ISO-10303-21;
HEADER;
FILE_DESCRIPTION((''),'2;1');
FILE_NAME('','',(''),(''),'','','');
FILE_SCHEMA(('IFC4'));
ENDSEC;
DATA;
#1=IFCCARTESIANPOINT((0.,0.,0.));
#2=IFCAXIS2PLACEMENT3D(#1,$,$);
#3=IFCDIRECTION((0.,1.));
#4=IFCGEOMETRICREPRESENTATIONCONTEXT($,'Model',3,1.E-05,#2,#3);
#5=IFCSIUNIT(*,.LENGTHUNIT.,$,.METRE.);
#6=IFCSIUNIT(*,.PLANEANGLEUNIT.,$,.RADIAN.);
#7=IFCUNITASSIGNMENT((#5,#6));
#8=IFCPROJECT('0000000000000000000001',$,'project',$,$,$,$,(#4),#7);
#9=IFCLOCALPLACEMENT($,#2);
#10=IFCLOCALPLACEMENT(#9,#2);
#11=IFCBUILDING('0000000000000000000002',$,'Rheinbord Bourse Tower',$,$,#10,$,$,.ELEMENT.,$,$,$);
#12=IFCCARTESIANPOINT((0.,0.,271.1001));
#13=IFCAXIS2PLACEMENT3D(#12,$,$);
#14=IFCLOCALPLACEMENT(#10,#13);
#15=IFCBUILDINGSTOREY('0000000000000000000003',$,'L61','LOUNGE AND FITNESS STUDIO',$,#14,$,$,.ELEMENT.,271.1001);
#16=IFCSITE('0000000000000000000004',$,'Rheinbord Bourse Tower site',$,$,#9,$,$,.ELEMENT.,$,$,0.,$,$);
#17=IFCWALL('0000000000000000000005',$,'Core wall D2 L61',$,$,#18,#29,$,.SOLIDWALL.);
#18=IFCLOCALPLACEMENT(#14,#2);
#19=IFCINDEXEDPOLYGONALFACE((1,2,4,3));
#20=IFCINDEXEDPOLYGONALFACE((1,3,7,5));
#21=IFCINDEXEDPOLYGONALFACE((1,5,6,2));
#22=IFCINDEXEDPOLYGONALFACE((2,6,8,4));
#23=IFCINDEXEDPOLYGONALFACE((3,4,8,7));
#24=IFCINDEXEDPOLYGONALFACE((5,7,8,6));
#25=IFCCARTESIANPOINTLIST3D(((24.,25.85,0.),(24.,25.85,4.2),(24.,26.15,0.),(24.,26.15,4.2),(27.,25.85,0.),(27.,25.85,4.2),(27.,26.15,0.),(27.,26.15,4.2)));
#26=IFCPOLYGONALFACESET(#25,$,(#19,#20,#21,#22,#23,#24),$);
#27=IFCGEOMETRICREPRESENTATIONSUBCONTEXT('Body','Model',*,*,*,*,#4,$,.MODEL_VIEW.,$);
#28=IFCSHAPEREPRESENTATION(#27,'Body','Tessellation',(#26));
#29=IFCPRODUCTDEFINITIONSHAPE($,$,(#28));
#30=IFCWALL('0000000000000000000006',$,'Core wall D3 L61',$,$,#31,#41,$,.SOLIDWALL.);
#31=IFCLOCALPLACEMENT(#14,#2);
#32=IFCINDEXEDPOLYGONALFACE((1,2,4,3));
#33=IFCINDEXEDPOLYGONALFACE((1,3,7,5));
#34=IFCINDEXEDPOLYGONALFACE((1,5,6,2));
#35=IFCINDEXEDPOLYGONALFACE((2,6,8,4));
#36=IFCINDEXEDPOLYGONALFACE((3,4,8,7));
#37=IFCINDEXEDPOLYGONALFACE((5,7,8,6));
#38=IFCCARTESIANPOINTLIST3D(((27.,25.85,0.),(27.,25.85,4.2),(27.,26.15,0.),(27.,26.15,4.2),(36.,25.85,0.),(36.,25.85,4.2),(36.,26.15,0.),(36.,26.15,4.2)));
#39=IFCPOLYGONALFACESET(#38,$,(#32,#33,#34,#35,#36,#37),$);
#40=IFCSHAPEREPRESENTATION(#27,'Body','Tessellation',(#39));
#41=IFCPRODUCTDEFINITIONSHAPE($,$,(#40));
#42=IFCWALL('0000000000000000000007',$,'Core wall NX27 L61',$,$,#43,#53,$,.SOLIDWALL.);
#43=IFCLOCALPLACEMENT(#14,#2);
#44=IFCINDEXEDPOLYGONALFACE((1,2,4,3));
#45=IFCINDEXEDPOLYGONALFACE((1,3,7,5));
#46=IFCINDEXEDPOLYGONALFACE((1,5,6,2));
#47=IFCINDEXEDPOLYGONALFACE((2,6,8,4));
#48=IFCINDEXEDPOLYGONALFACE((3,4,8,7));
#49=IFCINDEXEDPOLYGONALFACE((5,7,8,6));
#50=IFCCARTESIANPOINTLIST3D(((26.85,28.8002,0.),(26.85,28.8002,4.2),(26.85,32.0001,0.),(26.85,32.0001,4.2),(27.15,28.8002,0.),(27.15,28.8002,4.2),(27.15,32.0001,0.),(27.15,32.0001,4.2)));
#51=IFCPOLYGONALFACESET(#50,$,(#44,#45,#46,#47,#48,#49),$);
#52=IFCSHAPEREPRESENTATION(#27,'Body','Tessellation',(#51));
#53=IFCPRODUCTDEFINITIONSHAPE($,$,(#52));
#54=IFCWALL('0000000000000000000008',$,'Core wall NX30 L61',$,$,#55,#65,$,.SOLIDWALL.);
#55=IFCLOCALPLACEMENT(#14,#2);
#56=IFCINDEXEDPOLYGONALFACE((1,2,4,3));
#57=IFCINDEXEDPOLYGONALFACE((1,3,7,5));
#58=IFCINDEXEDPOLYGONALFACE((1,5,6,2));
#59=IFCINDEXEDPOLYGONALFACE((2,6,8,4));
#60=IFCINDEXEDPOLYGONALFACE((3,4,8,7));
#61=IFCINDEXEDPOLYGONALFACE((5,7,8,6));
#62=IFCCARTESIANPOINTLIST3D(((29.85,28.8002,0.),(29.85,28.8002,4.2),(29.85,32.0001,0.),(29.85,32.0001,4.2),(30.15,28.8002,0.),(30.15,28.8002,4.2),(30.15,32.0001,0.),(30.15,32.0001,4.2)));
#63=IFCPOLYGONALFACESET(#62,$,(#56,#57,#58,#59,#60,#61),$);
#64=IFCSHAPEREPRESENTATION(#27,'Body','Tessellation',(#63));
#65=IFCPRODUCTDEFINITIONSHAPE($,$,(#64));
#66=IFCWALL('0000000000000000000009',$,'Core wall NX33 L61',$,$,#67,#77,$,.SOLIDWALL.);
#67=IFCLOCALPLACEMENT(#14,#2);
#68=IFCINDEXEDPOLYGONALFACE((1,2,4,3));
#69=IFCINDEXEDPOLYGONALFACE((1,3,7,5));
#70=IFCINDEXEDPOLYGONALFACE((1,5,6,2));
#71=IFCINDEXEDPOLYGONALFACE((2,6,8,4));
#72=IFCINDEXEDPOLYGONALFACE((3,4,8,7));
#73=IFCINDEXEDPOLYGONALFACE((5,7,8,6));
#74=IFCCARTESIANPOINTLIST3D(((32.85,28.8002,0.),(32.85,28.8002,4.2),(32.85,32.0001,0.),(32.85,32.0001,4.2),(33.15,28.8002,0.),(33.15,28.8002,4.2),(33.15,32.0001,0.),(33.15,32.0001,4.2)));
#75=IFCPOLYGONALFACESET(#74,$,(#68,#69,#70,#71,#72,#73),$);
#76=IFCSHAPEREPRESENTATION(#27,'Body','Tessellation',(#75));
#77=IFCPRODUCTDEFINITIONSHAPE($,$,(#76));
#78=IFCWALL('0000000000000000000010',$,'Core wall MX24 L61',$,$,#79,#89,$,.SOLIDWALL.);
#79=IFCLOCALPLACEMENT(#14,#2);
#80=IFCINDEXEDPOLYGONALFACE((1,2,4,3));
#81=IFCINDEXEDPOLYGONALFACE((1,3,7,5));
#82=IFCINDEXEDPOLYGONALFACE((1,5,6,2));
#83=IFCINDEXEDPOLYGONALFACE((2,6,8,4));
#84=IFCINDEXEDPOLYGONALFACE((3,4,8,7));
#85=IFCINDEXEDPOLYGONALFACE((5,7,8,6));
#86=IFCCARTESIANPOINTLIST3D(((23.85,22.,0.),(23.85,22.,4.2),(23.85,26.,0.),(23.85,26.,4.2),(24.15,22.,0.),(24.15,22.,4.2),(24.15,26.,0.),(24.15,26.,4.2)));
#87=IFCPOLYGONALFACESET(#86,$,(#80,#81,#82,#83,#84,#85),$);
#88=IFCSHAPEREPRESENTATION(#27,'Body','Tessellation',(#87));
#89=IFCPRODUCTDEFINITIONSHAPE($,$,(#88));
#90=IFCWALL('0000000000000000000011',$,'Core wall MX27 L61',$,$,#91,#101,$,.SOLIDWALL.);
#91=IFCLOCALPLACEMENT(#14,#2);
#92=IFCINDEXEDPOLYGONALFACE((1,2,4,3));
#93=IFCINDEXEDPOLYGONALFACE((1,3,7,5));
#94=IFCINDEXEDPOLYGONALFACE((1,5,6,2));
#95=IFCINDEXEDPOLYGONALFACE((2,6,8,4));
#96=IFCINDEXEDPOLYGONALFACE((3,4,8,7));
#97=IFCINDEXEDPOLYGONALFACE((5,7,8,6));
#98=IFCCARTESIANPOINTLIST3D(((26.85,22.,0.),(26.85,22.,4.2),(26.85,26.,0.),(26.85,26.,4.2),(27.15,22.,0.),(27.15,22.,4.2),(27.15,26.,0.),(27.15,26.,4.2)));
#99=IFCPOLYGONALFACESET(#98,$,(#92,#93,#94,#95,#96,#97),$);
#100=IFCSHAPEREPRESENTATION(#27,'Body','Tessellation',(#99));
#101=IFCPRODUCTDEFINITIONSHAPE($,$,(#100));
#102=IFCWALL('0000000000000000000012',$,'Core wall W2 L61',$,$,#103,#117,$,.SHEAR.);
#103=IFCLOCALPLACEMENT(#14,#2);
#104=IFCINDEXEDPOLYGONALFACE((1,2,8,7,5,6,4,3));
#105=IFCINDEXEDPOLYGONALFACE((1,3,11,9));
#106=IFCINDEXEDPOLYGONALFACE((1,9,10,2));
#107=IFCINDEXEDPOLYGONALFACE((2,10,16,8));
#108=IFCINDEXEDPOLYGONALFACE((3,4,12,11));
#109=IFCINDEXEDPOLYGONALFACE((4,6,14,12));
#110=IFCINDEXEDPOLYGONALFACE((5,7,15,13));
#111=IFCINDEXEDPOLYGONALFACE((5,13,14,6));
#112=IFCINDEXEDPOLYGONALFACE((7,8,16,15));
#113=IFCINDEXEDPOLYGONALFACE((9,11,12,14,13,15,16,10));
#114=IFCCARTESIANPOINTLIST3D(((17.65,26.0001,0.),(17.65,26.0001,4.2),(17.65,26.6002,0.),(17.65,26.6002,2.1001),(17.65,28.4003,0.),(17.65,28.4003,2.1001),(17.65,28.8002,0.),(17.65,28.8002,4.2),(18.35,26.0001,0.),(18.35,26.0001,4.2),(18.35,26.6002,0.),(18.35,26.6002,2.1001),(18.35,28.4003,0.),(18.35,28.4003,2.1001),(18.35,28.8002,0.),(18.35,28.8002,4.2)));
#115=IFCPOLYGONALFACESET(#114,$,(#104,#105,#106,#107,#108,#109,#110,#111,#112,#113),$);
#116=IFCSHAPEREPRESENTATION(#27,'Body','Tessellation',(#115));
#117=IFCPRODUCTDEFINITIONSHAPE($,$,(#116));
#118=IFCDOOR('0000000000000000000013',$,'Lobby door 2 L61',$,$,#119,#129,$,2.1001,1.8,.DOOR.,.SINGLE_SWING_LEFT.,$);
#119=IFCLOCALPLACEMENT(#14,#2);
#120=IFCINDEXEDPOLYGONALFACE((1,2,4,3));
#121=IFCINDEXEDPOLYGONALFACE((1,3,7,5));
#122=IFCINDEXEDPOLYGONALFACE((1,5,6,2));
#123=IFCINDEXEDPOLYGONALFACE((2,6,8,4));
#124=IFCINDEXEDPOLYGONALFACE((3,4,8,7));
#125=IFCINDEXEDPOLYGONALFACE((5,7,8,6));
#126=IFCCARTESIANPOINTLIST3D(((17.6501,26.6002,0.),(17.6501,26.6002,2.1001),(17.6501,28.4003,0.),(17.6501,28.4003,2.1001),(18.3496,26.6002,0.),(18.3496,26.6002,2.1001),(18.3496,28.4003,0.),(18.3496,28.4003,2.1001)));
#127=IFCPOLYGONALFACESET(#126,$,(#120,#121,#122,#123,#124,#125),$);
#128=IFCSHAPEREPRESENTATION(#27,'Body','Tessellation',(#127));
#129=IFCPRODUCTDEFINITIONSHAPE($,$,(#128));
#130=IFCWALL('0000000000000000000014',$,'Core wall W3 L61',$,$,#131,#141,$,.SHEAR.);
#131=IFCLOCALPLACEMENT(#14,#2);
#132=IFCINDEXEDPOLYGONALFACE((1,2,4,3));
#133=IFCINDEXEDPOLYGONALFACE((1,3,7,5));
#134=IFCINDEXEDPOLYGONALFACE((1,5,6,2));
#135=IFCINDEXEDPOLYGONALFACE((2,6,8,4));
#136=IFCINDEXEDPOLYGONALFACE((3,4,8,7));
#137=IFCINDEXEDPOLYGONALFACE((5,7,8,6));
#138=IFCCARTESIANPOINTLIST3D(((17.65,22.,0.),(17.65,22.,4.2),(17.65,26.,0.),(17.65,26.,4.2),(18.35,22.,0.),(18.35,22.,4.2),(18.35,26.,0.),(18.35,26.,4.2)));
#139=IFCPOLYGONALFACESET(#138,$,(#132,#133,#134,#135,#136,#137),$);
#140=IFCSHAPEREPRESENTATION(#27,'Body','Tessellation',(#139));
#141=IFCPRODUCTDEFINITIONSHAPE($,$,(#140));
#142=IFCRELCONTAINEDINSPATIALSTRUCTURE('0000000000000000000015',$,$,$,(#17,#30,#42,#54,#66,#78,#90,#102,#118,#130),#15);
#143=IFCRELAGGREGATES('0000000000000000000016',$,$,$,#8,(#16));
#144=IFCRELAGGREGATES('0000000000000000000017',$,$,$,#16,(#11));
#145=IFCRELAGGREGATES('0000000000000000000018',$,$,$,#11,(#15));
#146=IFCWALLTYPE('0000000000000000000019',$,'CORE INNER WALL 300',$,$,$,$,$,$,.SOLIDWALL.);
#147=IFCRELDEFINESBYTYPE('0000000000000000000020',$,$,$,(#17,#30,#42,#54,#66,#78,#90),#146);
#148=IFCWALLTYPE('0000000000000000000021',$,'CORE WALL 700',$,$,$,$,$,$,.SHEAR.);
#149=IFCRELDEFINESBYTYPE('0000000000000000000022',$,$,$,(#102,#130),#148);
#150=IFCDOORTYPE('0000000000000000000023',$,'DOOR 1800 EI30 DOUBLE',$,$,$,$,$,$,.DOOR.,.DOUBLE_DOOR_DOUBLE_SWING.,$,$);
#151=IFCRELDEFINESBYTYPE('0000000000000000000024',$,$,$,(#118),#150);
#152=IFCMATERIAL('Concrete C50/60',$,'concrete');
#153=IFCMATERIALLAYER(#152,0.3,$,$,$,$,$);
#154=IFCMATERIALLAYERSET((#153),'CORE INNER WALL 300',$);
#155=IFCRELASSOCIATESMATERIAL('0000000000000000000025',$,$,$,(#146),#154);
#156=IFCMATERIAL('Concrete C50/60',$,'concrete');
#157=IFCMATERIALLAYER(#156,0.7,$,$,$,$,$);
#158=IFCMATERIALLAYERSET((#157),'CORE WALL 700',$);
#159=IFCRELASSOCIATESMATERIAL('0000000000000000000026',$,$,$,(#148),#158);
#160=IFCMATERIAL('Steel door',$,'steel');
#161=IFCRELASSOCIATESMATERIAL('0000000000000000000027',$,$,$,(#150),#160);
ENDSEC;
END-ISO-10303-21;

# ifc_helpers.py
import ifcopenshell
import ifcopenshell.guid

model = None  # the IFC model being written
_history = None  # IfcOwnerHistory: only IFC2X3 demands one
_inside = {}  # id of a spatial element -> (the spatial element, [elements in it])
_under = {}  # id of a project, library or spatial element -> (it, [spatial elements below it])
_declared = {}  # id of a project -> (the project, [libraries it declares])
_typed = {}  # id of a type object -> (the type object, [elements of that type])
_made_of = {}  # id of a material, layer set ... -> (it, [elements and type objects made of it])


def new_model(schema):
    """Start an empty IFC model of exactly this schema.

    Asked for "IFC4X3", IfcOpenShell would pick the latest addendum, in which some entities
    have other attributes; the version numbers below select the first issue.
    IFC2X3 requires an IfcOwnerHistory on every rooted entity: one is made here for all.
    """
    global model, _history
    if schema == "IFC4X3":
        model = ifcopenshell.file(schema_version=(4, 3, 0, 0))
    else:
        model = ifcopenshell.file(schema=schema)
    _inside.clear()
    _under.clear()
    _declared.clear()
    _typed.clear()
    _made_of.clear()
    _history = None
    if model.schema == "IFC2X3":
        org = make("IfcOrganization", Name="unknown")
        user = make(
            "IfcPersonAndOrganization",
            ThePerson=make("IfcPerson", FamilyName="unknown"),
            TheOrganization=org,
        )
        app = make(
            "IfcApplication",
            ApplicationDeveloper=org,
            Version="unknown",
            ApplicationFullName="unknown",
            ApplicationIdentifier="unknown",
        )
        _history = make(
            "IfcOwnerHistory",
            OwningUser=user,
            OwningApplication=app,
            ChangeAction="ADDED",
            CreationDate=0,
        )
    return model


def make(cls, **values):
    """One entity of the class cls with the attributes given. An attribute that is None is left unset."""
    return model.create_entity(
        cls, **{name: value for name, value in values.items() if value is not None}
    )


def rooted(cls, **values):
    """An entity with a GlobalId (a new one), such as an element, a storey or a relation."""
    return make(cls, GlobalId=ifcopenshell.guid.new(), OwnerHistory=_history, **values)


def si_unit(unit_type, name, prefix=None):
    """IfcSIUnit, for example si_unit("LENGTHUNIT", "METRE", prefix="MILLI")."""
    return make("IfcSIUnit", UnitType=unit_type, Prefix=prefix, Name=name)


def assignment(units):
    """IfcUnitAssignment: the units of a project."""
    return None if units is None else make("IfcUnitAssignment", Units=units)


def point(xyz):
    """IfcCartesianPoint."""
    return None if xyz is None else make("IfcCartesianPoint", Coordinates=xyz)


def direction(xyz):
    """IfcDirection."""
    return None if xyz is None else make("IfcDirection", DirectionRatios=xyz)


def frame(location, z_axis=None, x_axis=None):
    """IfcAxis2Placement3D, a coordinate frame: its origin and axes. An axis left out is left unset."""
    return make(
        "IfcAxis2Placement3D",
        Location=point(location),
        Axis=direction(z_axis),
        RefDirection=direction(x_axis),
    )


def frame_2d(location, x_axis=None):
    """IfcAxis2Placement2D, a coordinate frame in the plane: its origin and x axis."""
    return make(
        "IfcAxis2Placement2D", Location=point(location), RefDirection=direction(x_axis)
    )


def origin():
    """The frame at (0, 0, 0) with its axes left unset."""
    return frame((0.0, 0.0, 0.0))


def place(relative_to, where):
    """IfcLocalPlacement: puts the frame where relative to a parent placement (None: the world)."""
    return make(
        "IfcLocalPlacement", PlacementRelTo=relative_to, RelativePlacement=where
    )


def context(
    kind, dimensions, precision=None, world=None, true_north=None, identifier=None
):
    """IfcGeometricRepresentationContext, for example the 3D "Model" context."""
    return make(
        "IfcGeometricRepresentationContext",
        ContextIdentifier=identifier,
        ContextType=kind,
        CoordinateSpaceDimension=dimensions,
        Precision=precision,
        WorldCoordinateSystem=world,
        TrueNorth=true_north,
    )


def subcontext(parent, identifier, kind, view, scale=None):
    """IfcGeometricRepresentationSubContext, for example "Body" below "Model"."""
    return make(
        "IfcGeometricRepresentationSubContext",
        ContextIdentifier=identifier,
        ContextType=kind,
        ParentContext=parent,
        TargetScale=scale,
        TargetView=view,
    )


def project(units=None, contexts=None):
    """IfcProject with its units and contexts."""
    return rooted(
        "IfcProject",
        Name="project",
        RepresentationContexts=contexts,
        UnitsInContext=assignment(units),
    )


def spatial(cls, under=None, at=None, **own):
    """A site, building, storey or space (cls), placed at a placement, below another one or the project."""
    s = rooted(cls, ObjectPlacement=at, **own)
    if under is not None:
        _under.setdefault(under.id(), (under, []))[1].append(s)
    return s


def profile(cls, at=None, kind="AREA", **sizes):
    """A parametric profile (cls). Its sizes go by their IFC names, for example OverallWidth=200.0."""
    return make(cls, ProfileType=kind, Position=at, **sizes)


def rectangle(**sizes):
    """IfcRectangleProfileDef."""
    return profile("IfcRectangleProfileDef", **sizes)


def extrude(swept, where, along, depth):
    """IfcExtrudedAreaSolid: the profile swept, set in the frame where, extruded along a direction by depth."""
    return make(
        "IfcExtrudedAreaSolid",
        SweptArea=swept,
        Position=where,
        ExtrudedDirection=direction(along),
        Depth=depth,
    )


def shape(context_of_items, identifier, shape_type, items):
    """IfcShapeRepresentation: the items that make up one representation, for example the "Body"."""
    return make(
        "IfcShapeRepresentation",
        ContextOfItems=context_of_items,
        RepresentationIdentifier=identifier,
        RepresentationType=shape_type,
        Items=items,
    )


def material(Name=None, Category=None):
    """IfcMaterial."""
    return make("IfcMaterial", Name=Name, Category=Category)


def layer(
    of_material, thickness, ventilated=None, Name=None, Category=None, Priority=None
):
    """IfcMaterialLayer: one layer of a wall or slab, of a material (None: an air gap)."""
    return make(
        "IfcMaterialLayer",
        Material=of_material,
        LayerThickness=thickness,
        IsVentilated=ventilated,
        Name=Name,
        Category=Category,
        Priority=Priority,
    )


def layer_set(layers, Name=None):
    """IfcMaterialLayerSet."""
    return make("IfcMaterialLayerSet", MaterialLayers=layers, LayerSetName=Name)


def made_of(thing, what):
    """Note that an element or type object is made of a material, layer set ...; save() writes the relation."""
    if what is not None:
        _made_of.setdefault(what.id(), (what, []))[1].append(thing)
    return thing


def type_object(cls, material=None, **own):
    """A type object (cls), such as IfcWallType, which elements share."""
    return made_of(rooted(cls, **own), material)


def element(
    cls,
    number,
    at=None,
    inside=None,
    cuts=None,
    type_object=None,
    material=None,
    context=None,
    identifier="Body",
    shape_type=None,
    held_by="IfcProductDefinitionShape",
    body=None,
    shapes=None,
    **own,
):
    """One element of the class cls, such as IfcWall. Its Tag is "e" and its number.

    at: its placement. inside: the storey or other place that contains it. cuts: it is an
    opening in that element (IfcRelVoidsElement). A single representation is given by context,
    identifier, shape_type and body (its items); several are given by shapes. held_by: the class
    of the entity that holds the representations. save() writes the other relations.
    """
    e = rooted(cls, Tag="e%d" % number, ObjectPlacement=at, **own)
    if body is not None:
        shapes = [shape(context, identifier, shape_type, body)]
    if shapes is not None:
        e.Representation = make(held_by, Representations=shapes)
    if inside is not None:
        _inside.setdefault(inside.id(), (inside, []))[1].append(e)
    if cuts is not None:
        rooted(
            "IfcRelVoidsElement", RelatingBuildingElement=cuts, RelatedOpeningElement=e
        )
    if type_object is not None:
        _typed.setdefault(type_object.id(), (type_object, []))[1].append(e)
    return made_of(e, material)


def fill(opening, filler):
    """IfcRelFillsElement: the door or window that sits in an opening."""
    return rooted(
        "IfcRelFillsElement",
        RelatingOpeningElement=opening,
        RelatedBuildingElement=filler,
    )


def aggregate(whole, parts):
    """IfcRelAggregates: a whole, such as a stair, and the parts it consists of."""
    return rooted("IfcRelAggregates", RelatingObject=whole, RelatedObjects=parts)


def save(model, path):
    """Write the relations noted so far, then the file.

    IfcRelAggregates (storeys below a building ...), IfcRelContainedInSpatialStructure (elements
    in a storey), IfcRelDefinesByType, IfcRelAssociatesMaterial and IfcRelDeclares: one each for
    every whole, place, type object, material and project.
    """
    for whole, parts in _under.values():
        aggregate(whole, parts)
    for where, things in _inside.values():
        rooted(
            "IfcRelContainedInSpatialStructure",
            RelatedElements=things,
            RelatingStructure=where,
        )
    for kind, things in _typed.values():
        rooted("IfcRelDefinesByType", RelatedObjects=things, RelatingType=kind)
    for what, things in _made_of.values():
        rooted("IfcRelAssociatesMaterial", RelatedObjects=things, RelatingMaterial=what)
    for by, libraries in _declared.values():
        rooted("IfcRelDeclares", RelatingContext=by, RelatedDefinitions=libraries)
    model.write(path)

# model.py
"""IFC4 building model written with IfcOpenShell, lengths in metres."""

from ifc_helpers import new_model, si_unit, direction, frame, frame_2d, origin, place, context, subcontext, project, spatial, rectangle, extrude, material, layer, layer_set, type_object, element, fill, save


model = new_model("IFC4")

# Units and contexts
model_context = context("Model", 3, precision=1e-05, world=origin(), true_north=direction((0.0, 1.0)))
body_context = subcontext(model_context, "Body", "Model", "MODEL_VIEW")
ifc_project = project(units=[si_unit("LENGTHUNIT", "METRE"), si_unit("PLANEANGLEUNIT", "RADIAN")], contexts=[model_context])

# Site, building, storey
site_placement = place(None, origin())
site = spatial("IfcSite", under=ifc_project, at=site_placement, Name="Rheinbord Bourse Tower site", CompositionType="ELEMENT", RefElevation=0.0)
building_placement = place(site_placement, origin())
building = spatial("IfcBuilding", under=site, at=building_placement, Name="Rheinbord Bourse Tower", CompositionType="ELEMENT")
storey_placement = place(building_placement, frame((0.0, 0.0, 271.1001)))
storey = spatial("IfcBuildingStorey", under=building, at=storey_placement, Name="L61", Description="LOUNGE AND FITNESS STUDIO", CompositionType="ELEMENT", Elevation=271.1001)

# Shared definitions
ifc_material_1 = material(Name="Concrete C50/60", Category="concrete")
ifc_layer_1 = layer(ifc_material_1, 0.3)
ifc_layer_set_1 = layer_set([ifc_layer_1], Name="CORE INNER WALL 300")
wall_type_1 = type_object("IfcWallType", Name="CORE INNER WALL 300", PredefinedType="SOLIDWALL", material=ifc_layer_set_1)

# Walls
wall_1_placement = place(storey_placement, frame((24.0, 26.0, 0.0), z_axis=(0.0, 0.0, 1.0), x_axis=(1.0, 0.0, 0.0)))
element("IfcWall", 1, at=wall_1_placement, inside=storey, type_object=wall_type_1, Name="Core wall D2 L61", PredefinedType="SOLIDWALL", context=body_context, shape_type="SweptSolid", body=[
    extrude(rectangle(XDim=3.0, YDim=0.3, at=frame_2d((1.5, 0.0))), origin(), (0.0, 0.0, 1.0), 4.2),
])
wall_2_placement = place(storey_placement, frame((27.0, 26.0, 0.0), z_axis=(0.0, 0.0, 1.0), x_axis=(1.0, 0.0, 0.0)))
element("IfcWall", 2, at=wall_2_placement, inside=storey, type_object=wall_type_1, Name="Core wall D3 L61", PredefinedType="SOLIDWALL", context=body_context, shape_type="SweptSolid", body=[
    extrude(rectangle(XDim=9.0, YDim=0.3, at=frame_2d((4.5, 0.0))), origin(), (0.0, 0.0, 1.0), 4.2),
])
for number, where, z_axis, x_axis, name in (
    (3, (27.0, 28.8, 0.0), (0.0, 0.0, 1.0), (0.0, 1.0, 0.0), "Core wall NX27 L61"),
    (4, (30.0, 28.8, 0.0), (0.0, 0.0, 1.0), (0.0, 1.0, 0.0), "Core wall NX30 L61"),
    (5, (33.0, 28.8, 0.0), (0.0, 0.0, 1.0), (0.0, 1.0, 0.0), "Core wall NX33 L61"),
):
    element("IfcWall", number, at=place(storey_placement, frame(where, z_axis=z_axis, x_axis=x_axis)), inside=storey, type_object=wall_type_1, Name=name, PredefinedType="SOLIDWALL", context=body_context, shape_type="SweptSolid", body=[
        extrude(rectangle(XDim=3.2, YDim=0.3, at=frame_2d((1.6001, 0.0))), origin(), (0.0, 0.0, 1.0), 4.2),
    ])
for number, where, z_axis, x_axis, name in (
    (6, (24.0, 22.0, 0.0), (0.0, 0.0, 1.0), (0.0, 1.0, 0.0), "Core wall MX24 L61"),
    (7, (27.0, 22.0, 0.0), (0.0, 0.0, 1.0), (0.0, 1.0, 0.0), "Core wall MX27 L61"),
):
    element("IfcWall", number, at=place(storey_placement, frame(where, z_axis=z_axis, x_axis=x_axis)), inside=storey, type_object=wall_type_1, Name=name, PredefinedType="SOLIDWALL", context=body_context, shape_type="SweptSolid", body=[
        extrude(rectangle(XDim=4.0, YDim=0.3, at=frame_2d((2.0, 0.0))), origin(), (0.0, 0.0, 1.0), 4.2),
    ])

# Wall, opening, door
ifc_material_2 = material(Name="Concrete C50/60", Category="concrete")
ifc_layer_2 = layer(ifc_material_2, 0.7)
ifc_layer_set_2 = layer_set([ifc_layer_2], Name="CORE WALL 700")
wall_type_2 = type_object("IfcWallType", Name="CORE WALL 700", PredefinedType="SHEAR", material=ifc_layer_set_2)
wall_3_placement = place(storey_placement, frame((18.0, 28.8, 0.0), z_axis=(0.0, 0.0, 1.0), x_axis=(0.0, -1.0, 0.0)))
wall_3 = element("IfcWall", 8, at=wall_3_placement, inside=storey, type_object=wall_type_2, Name="Core wall W2 L61", PredefinedType="SHEAR", context=body_context, shape_type="SweptSolid", body=[
    extrude(rectangle(XDim=2.8, YDim=0.7, at=frame_2d((1.3999, 0.0))), origin(), (0.0, 0.0, 1.0), 4.2),
])
opening_1_placement = place(wall_3_placement, frame((0.3999, 0.0, 0.0)))
opening_1 = element("IfcOpeningElement", 9, at=opening_1_placement, cuts=wall_3, PredefinedType="OPENING", context=body_context, shape_type="SweptSolid", body=[
    extrude(rectangle(XDim=1.8, YDim=2.1001, at=frame_2d((0.8999, 1.05))), frame((0.0, 0.3599, 0.0), z_axis=(0.0, -1.0, 0.0), x_axis=(1.0, 0.0, 0.0)), (0.0, 0.0, 1.0), 0.72),
])
ifc_material_3 = material(Name="Steel door", Category="steel")
door_type_1 = type_object("IfcDoorType", Name="DOOR 1800 EI30 DOUBLE", OperationType="DOUBLE_DOOR_DOUBLE_SWING", PredefinedType="DOOR", material=ifc_material_3)
door_1_placement = place(opening_1_placement, origin())
door_1 = element("IfcDoor", 10, at=door_1_placement, inside=storey, type_object=door_type_1, Name="Lobby door 2 L61", OperationType="SINGLE_SWING_LEFT", OverallHeight=2.1001, OverallWidth=1.8, PredefinedType="DOOR", context=body_context, shape_type="SweptSolid", body=[
    extrude(rectangle(XDim=1.8, YDim=2.1001, at=frame_2d((0.8999, 1.05))), frame((0.0, 0.3496, 0.0), z_axis=(0.0, -1.0, 0.0), x_axis=(1.0, 0.0, 0.0)), (0.0, 0.0, 1.0), 0.6995),
])
fill(opening_1, door_1)

# Wall
wall_4_placement = place(storey_placement, frame((18.0, 26.0, 0.0), z_axis=(0.0, 0.0, 1.0), x_axis=(0.0, -1.0, 0.0)))
element("IfcWall", 11, at=wall_4_placement, inside=storey, type_object=wall_type_2, Name="Core wall W3 L61", PredefinedType="SHEAR", context=body_context, shape_type="SweptSolid", body=[
    extrude(rectangle(XDim=4.0, YDim=0.7, at=frame_2d((2.0, 0.0))), origin(), (0.0, 0.0, 1.0), 4.2),
])

save(model, "model.ifc")
